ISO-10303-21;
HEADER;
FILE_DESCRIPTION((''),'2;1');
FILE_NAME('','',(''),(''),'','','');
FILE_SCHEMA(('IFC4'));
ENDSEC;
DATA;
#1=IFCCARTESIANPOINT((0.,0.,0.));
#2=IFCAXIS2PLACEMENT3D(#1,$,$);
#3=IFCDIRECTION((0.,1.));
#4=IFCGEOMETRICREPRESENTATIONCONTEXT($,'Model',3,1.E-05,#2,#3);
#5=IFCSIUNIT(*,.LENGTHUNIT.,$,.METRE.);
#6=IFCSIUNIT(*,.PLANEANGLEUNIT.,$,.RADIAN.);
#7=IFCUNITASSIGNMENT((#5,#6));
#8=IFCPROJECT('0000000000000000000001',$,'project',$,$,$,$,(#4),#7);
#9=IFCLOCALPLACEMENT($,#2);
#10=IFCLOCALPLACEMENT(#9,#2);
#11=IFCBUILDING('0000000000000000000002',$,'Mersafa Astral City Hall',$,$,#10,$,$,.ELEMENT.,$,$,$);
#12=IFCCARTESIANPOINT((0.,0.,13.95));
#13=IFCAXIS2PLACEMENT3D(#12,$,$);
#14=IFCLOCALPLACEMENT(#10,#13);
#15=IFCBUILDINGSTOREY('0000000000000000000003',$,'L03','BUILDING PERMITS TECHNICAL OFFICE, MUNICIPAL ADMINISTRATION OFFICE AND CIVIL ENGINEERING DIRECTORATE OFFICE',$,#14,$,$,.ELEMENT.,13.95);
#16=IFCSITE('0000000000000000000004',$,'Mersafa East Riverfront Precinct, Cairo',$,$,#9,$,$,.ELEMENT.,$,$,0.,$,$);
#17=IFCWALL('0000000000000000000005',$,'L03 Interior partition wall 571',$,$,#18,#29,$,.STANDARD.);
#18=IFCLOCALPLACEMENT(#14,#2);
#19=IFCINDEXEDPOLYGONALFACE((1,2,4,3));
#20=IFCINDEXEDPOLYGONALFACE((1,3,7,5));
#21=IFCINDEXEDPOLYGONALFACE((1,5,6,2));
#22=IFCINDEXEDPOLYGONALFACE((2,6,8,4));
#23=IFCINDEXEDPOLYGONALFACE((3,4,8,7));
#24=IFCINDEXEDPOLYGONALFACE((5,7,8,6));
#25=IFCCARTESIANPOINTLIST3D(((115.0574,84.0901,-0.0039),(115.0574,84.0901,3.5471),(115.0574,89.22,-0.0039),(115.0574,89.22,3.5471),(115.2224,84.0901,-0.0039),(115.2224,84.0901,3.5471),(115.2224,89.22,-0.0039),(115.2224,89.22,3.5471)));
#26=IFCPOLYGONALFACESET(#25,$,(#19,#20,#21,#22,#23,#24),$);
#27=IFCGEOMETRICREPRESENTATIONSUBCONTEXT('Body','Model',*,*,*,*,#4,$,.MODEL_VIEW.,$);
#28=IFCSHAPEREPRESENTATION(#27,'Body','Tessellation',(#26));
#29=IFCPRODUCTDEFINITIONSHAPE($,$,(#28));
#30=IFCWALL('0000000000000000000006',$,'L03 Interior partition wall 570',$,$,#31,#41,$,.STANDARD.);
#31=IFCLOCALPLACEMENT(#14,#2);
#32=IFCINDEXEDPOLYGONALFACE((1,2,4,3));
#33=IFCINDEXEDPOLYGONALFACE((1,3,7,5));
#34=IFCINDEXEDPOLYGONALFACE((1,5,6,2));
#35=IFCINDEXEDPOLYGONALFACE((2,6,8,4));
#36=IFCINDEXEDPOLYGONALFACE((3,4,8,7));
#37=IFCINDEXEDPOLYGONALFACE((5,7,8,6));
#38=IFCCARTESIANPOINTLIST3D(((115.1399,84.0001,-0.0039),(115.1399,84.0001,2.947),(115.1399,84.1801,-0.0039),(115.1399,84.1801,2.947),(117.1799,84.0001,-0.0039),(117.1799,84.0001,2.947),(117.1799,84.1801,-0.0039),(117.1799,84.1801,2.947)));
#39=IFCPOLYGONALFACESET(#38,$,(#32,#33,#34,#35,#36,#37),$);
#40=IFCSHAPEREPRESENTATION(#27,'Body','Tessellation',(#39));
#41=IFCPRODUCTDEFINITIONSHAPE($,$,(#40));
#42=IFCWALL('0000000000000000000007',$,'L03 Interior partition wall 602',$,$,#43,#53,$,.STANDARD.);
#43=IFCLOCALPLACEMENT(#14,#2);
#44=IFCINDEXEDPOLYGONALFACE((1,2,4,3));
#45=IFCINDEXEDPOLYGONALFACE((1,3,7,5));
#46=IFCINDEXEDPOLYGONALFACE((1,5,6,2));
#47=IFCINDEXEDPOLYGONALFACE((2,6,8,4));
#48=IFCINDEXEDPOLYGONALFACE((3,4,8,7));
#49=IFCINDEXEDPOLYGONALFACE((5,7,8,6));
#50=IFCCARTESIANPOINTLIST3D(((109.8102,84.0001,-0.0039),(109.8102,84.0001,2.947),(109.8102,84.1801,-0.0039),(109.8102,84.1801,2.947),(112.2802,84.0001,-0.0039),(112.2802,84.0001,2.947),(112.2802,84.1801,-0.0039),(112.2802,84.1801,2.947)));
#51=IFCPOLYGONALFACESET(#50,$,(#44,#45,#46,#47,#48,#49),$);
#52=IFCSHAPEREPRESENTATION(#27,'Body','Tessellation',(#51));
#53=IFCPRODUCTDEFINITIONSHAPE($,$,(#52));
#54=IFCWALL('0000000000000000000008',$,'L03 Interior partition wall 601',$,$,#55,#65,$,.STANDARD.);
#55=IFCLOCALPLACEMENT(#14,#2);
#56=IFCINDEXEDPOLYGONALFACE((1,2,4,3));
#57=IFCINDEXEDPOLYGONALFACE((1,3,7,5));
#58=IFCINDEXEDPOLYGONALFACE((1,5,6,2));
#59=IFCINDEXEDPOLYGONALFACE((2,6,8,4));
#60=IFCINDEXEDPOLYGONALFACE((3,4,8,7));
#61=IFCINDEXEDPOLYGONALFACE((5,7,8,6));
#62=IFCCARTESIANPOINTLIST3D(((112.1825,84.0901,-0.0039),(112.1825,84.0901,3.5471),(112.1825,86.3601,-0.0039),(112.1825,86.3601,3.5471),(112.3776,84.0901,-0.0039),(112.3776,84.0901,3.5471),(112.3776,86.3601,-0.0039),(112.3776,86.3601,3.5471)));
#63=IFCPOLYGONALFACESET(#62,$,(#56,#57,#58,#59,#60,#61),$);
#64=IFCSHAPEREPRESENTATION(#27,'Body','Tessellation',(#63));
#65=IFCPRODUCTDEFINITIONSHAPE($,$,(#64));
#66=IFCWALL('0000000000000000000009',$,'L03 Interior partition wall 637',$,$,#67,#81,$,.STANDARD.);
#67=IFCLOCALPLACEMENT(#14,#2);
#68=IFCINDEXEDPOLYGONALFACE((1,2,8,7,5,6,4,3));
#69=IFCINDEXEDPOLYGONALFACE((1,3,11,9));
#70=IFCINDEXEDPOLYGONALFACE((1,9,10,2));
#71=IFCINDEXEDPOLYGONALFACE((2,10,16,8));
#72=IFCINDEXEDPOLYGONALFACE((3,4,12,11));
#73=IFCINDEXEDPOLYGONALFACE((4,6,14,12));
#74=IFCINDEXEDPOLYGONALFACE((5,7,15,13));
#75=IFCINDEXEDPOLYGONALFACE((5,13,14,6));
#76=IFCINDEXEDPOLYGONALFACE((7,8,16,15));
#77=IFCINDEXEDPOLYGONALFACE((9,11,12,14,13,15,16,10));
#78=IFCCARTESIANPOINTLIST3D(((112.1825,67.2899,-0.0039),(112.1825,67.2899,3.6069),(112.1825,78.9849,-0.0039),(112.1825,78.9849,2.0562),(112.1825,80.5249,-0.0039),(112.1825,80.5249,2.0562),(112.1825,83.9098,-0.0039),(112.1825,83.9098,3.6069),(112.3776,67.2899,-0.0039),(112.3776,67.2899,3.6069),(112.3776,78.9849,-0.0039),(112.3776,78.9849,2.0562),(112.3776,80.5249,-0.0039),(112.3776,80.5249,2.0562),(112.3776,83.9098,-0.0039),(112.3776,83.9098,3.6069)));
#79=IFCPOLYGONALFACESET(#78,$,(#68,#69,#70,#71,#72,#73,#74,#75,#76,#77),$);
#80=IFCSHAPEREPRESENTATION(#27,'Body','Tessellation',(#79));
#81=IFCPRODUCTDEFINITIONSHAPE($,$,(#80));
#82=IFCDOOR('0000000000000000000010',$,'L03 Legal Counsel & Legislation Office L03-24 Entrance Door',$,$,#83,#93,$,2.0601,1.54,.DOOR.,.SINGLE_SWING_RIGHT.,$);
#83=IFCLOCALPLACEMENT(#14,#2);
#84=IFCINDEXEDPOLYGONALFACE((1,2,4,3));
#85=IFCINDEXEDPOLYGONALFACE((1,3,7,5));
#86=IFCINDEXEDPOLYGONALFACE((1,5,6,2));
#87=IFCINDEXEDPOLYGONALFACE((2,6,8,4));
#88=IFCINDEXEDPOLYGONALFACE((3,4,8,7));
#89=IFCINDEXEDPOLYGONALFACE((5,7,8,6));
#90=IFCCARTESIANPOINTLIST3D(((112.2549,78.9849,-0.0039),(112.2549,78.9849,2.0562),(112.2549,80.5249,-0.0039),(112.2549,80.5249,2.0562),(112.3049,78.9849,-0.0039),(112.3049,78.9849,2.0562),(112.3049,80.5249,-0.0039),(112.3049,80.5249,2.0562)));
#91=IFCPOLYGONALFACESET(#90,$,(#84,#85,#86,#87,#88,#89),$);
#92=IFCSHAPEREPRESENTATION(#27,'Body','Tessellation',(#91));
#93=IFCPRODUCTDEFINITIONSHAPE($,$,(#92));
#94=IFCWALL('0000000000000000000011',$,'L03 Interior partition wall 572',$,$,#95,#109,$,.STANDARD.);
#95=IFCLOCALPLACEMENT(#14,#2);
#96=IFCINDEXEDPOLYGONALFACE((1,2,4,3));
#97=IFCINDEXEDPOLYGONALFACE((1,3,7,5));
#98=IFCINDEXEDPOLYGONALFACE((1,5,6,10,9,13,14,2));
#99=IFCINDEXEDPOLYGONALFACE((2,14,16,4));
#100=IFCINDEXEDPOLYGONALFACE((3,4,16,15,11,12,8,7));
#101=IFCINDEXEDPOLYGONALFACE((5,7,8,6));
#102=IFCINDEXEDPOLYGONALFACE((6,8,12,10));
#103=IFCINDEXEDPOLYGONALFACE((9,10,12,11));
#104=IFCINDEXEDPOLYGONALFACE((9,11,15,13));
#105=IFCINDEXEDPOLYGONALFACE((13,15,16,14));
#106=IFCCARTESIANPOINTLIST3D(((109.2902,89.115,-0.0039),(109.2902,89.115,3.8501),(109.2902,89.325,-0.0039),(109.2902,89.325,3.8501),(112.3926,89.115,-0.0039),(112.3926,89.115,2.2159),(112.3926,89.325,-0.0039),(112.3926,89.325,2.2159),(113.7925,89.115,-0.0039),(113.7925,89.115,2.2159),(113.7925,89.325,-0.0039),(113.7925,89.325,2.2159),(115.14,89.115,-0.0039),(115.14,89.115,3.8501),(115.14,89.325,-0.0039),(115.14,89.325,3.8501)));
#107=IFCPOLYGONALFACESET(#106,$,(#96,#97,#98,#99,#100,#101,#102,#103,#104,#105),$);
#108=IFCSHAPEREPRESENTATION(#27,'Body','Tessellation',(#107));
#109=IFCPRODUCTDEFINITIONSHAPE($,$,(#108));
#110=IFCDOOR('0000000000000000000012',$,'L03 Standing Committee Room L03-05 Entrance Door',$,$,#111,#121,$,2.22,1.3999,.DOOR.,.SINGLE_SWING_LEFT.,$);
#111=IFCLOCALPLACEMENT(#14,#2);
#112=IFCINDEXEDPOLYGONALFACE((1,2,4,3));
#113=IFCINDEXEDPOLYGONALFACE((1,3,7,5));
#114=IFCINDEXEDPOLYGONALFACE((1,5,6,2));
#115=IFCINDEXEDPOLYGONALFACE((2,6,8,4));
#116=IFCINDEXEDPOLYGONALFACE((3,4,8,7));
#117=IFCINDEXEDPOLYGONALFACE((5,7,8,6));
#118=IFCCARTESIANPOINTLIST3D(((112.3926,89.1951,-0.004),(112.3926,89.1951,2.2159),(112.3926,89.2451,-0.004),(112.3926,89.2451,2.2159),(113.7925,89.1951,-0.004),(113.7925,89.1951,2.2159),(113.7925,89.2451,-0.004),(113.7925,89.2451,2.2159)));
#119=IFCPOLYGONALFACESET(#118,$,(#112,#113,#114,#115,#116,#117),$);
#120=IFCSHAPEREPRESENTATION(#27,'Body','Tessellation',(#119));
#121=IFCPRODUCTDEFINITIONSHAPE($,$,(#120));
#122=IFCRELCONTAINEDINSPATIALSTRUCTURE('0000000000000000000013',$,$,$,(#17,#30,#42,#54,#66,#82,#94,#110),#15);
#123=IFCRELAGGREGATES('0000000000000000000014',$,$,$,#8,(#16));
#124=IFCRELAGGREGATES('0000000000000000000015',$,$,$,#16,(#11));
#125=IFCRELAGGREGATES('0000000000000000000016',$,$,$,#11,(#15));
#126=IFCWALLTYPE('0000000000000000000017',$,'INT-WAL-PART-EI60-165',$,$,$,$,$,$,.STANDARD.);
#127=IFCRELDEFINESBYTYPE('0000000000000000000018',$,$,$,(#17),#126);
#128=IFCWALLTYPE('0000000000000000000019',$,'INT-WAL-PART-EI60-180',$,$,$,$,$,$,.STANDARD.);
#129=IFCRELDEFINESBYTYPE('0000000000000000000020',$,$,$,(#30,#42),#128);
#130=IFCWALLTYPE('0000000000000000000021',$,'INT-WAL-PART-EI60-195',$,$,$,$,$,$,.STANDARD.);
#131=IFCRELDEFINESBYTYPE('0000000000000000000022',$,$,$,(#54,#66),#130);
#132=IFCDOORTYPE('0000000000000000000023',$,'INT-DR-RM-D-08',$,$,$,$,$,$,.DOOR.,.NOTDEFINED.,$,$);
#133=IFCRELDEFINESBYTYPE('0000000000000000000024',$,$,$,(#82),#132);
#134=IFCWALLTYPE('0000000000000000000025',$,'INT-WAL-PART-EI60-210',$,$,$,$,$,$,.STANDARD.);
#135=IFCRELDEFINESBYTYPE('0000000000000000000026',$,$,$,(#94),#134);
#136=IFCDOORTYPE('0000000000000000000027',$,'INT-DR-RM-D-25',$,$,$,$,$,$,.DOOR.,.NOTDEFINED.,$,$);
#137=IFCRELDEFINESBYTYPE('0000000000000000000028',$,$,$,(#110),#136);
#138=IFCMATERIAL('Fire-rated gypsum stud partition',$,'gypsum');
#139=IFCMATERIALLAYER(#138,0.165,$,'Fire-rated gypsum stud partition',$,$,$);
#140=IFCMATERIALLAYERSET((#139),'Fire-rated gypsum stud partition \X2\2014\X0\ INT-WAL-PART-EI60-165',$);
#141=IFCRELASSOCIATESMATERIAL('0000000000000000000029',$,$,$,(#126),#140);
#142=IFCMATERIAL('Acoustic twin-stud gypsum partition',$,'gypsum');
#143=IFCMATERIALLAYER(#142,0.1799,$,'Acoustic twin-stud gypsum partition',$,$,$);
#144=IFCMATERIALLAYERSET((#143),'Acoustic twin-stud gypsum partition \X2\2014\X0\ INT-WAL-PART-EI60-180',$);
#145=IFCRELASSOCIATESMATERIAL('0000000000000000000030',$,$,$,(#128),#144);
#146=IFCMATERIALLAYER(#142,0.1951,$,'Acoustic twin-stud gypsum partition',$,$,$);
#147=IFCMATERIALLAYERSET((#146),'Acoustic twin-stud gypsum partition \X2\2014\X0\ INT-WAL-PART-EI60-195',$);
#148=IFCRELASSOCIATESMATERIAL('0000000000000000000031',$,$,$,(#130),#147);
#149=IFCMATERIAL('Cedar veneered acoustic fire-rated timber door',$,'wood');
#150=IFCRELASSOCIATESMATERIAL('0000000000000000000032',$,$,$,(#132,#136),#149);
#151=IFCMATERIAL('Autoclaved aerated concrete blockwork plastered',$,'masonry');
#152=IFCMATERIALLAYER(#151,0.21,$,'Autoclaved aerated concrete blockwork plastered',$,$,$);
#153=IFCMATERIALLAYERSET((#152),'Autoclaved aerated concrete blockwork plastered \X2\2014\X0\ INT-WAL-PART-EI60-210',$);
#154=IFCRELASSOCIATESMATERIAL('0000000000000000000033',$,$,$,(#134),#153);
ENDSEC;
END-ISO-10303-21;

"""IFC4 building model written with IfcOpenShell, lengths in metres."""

from ifc_helpers import new_model, si_unit, direction, frame, frame_2d, origin, place, context, subcontext, project, spatial, rectangle, extrude, material, layer, layer_set, type_object, element, fill, save


model = new_model("IFC4")

# Units and contexts
model_context = context("Model", 3, precision=1e-05, world=origin(), true_north=direction((0.0, 1.0)))
body_context = subcontext(model_context, "Body", "Model", "MODEL_VIEW")
ifc_project = project(units=[si_unit("LENGTHUNIT", "METRE"), si_unit("PLANEANGLEUNIT", "RADIAN")], contexts=[model_context])

# Site, building, storey
site_placement = place(None, origin())
site = spatial("IfcSite", under=ifc_project, at=site_placement, Name="Mersafa East Riverfront Precinct, Cairo", CompositionType="ELEMENT", RefElevation=0.0)
building_placement = place(site_placement, origin())
building = spatial("IfcBuilding", under=site, at=building_placement, Name="Mersafa Astral City Hall", CompositionType="ELEMENT")
storey_placement = place(building_placement, frame((0.0, 0.0, 13.95)))
storey = spatial("IfcBuildingStorey", under=building, at=storey_placement, Name="L03", Description="BUILDING PERMITS TECHNICAL OFFICE, MUNICIPAL ADMINISTRATION OFFICE AND CIVIL ENGINEERING DIRECTORATE OFFICE", CompositionType="ELEMENT", Elevation=13.95)

# Walls
ifc_material_1 = material(Name="Fire-rated gypsum stud partition", Category="gypsum")
ifc_layer_1 = layer(ifc_material_1, 0.165, Name="Fire-rated gypsum stud partition")
ifc_layer_set_1 = layer_set([ifc_layer_1], Name="Fire-rated gypsum stud partition — INT-WAL-PART-EI60-165")
wall_type_1 = type_object("IfcWallType", Name="INT-WAL-PART-EI60-165", PredefinedType="STANDARD", material=ifc_layer_set_1)
wall_1_placement = place(storey_placement, frame((115.1399, 84.0901, -0.0039), z_axis=(0.0, 0.0, 1.0), x_axis=(0.0, 1.0, 0.0)))
element("IfcWall", 1, at=wall_1_placement, inside=storey, type_object=wall_type_1, Name="L03 Interior partition wall 571", PredefinedType="STANDARD", context=body_context, shape_type="SweptSolid", body=[
    extrude(rectangle(XDim=5.1299, YDim=0.165, at=frame_2d((2.5649, 0.0))), origin(), (0.0, 0.0, 1.0), 3.551),
])
ifc_material_2 = material(Name="Acoustic twin-stud gypsum partition", Category="gypsum")
ifc_layer_2 = layer(ifc_material_2, 0.1799, Name="Acoustic twin-stud gypsum partition")
ifc_layer_set_2 = layer_set([ifc_layer_2], Name="Acoustic twin-stud gypsum partition — INT-WAL-PART-EI60-180")
wall_type_2 = type_object("IfcWallType", Name="INT-WAL-PART-EI60-180", PredefinedType="STANDARD", material=ifc_layer_set_2)
wall_2_placement = place(storey_placement, frame((117.1799, 84.0901, -0.0039), z_axis=(0.0, 0.0, 1.0), x_axis=(-1.0, 0.0, 0.0)))
element("IfcWall", 2, at=wall_2_placement, inside=storey, type_object=wall_type_2, Name="L03 Interior partition wall 570", PredefinedType="STANDARD", context=body_context, shape_type="SweptSolid", body=[
    extrude(rectangle(XDim=2.04, YDim=0.1799, at=frame_2d((1.02, 0.0))), origin(), (0.0, 0.0, 1.0), 2.9509),
])
wall_3_placement = place(storey_placement, frame((112.28, 84.0901, -0.0039), z_axis=(0.0, 0.0, 1.0), x_axis=(-1.0, 0.0, 0.0)))
element("IfcWall", 3, at=wall_3_placement, inside=storey, type_object=wall_type_2, Name="L03 Interior partition wall 602", PredefinedType="STANDARD", context=body_context, shape_type="SweptSolid", body=[
    extrude(rectangle(XDim=2.47, YDim=0.1799, at=frame_2d((1.2349, 0.0))), origin(), (0.0, 0.0, 1.0), 2.9509),
])
ifc_layer_3 = layer(ifc_material_2, 0.1951, Name="Acoustic twin-stud gypsum partition")
ifc_layer_set_3 = layer_set([ifc_layer_3], Name="Acoustic twin-stud gypsum partition — INT-WAL-PART-EI60-195")
wall_type_3 = type_object("IfcWallType", Name="INT-WAL-PART-EI60-195", PredefinedType="STANDARD", material=ifc_layer_set_3)
wall_4_placement = place(storey_placement, frame((112.28, 86.3601, -0.0039), z_axis=(0.0, 0.0, 1.0), x_axis=(0.0, -1.0, 0.0)))
element("IfcWall", 4, at=wall_4_placement, inside=storey, type_object=wall_type_3, Name="L03 Interior partition wall 601", PredefinedType="STANDARD", context=body_context, shape_type="SweptSolid", body=[
    extrude(rectangle(XDim=2.27, YDim=0.1951, at=frame_2d((1.135, 0.0))), origin(), (0.0, 0.0, 1.0), 3.551),
])

# Walls, openings, doors
wall_5_placement = place(storey_placement, frame((112.28, 83.9099, -0.0039), z_axis=(0.0, 0.0, 1.0), x_axis=(0.0, -1.0, 0.0)))
wall_5 = element("IfcWall", 5, at=wall_5_placement, inside=storey, type_object=wall_type_3, Name="L03 Interior partition wall 637", PredefinedType="STANDARD", context=body_context, shape_type="SweptSolid", body=[
    extrude(rectangle(XDim=16.6199, YDim=0.1951, at=frame_2d((8.3101, 0.0))), origin(), (0.0, 0.0, 1.0), 3.6108),
])
opening_1_placement = place(wall_5_placement, frame((3.385, 0.0, 0.0)))
opening_1 = element("IfcOpeningElement", 6, at=opening_1_placement, cuts=wall_5, PredefinedType="OPENING", context=body_context, shape_type="SweptSolid", body=[
    extrude(rectangle(XDim=1.54, YDim=2.0601, at=frame_2d((0.77, 1.03))), frame((0.0, 0.1074, 0.0), z_axis=(0.0, -1.0, 0.0), x_axis=(1.0, 0.0, 0.0)), (0.0, 0.0, 1.0), 0.2151),
])
ifc_material_3 = material(Name="Cedar veneered acoustic fire-rated timber door", Category="wood")
door_type_1 = type_object("IfcDoorType", Name="INT-DR-RM-D-08", OperationType="NOTDEFINED", PredefinedType="DOOR", material=ifc_material_3)
door_1_placement = place(opening_1_placement, origin())
door_1 = element("IfcDoor", 7, at=door_1_placement, inside=storey, type_object=door_type_1, Name="L03 Legal Counsel & Legislation Office L03-24 Entrance Door", OperationType="SINGLE_SWING_RIGHT", OverallHeight=2.0601, OverallWidth=1.54, PredefinedType="DOOR", context=body_context, shape_type="SweptSolid", body=[
    extrude(rectangle(XDim=1.54, YDim=2.0601, at=frame_2d((0.77, 1.03))), frame((0.0, 0.0249, 0.0), z_axis=(0.0, -1.0, 0.0), x_axis=(1.0, 0.0, 0.0)), (0.0, 0.0, 1.0), 0.05),
])
fill(opening_1, door_1)
ifc_material_4 = material(Name="Autoclaved aerated concrete blockwork plastered", Category="masonry")
ifc_layer_4 = layer(ifc_material_4, 0.21, Name="Autoclaved aerated concrete blockwork plastered")
ifc_layer_set_4 = layer_set([ifc_layer_4], Name="Autoclaved aerated concrete blockwork plastered — INT-WAL-PART-EI60-210")
wall_type_4 = type_object("IfcWallType", Name="INT-WAL-PART-EI60-210", PredefinedType="STANDARD", material=ifc_layer_set_4)
wall_6_placement = place(storey_placement, frame((115.1399, 89.22, -0.0039), z_axis=(0.0, 0.0, 1.0), x_axis=(-1.0, 0.0, 0.0)))
wall_6 = element("IfcWall", 8, at=wall_6_placement, inside=storey, type_object=wall_type_4, Name="L03 Interior partition wall 572", PredefinedType="STANDARD", context=body_context, shape_type="SweptSolid", body=[
    extrude(rectangle(XDim=5.8499, YDim=0.21, at=frame_2d((2.9248, 0.0))), origin(), (0.0, 0.0, 1.0), 3.854),
])
opening_2_placement = place(wall_6_placement, frame((1.3474, 0.0, 0.0)))
opening_2 = element("IfcOpeningElement", 9, at=opening_2_placement, cuts=wall_6, PredefinedType="OPENING", context=body_context, shape_type="SweptSolid", body=[
    extrude(rectangle(XDim=1.3999, YDim=2.22, at=frame_2d((0.7, 1.1099))), frame((0.0, 0.115, 0.0), z_axis=(0.0, -1.0, 0.0), x_axis=(1.0, 0.0, 0.0)), (0.0, 0.0, 1.0), 0.23),
])
door_type_2 = type_object("IfcDoorType", Name="INT-DR-RM-D-25", OperationType="NOTDEFINED", PredefinedType="DOOR", material=ifc_material_3)
door_2_placement = place(opening_2_placement, origin())
door_2 = element("IfcDoor", 10, at=door_2_placement, inside=storey, type_object=door_type_2, Name="L03 Standing Committee Room L03-05 Entrance Door", OperationType="SINGLE_SWING_LEFT", OverallHeight=2.22, OverallWidth=1.3999, PredefinedType="DOOR", context=body_context, shape_type="SweptSolid", body=[
    extrude(rectangle(XDim=1.3999, YDim=2.22, at=frame_2d((0.7, 1.1099))), frame((0.0, 0.0249, 0.0), z_axis=(0.0, -1.0, 0.0), x_axis=(1.0, 0.0, 0.0)), (0.0, 0.0, 1.0), 0.05),
])
fill(opening_2, door_2)

save(model, "model.ifc")
